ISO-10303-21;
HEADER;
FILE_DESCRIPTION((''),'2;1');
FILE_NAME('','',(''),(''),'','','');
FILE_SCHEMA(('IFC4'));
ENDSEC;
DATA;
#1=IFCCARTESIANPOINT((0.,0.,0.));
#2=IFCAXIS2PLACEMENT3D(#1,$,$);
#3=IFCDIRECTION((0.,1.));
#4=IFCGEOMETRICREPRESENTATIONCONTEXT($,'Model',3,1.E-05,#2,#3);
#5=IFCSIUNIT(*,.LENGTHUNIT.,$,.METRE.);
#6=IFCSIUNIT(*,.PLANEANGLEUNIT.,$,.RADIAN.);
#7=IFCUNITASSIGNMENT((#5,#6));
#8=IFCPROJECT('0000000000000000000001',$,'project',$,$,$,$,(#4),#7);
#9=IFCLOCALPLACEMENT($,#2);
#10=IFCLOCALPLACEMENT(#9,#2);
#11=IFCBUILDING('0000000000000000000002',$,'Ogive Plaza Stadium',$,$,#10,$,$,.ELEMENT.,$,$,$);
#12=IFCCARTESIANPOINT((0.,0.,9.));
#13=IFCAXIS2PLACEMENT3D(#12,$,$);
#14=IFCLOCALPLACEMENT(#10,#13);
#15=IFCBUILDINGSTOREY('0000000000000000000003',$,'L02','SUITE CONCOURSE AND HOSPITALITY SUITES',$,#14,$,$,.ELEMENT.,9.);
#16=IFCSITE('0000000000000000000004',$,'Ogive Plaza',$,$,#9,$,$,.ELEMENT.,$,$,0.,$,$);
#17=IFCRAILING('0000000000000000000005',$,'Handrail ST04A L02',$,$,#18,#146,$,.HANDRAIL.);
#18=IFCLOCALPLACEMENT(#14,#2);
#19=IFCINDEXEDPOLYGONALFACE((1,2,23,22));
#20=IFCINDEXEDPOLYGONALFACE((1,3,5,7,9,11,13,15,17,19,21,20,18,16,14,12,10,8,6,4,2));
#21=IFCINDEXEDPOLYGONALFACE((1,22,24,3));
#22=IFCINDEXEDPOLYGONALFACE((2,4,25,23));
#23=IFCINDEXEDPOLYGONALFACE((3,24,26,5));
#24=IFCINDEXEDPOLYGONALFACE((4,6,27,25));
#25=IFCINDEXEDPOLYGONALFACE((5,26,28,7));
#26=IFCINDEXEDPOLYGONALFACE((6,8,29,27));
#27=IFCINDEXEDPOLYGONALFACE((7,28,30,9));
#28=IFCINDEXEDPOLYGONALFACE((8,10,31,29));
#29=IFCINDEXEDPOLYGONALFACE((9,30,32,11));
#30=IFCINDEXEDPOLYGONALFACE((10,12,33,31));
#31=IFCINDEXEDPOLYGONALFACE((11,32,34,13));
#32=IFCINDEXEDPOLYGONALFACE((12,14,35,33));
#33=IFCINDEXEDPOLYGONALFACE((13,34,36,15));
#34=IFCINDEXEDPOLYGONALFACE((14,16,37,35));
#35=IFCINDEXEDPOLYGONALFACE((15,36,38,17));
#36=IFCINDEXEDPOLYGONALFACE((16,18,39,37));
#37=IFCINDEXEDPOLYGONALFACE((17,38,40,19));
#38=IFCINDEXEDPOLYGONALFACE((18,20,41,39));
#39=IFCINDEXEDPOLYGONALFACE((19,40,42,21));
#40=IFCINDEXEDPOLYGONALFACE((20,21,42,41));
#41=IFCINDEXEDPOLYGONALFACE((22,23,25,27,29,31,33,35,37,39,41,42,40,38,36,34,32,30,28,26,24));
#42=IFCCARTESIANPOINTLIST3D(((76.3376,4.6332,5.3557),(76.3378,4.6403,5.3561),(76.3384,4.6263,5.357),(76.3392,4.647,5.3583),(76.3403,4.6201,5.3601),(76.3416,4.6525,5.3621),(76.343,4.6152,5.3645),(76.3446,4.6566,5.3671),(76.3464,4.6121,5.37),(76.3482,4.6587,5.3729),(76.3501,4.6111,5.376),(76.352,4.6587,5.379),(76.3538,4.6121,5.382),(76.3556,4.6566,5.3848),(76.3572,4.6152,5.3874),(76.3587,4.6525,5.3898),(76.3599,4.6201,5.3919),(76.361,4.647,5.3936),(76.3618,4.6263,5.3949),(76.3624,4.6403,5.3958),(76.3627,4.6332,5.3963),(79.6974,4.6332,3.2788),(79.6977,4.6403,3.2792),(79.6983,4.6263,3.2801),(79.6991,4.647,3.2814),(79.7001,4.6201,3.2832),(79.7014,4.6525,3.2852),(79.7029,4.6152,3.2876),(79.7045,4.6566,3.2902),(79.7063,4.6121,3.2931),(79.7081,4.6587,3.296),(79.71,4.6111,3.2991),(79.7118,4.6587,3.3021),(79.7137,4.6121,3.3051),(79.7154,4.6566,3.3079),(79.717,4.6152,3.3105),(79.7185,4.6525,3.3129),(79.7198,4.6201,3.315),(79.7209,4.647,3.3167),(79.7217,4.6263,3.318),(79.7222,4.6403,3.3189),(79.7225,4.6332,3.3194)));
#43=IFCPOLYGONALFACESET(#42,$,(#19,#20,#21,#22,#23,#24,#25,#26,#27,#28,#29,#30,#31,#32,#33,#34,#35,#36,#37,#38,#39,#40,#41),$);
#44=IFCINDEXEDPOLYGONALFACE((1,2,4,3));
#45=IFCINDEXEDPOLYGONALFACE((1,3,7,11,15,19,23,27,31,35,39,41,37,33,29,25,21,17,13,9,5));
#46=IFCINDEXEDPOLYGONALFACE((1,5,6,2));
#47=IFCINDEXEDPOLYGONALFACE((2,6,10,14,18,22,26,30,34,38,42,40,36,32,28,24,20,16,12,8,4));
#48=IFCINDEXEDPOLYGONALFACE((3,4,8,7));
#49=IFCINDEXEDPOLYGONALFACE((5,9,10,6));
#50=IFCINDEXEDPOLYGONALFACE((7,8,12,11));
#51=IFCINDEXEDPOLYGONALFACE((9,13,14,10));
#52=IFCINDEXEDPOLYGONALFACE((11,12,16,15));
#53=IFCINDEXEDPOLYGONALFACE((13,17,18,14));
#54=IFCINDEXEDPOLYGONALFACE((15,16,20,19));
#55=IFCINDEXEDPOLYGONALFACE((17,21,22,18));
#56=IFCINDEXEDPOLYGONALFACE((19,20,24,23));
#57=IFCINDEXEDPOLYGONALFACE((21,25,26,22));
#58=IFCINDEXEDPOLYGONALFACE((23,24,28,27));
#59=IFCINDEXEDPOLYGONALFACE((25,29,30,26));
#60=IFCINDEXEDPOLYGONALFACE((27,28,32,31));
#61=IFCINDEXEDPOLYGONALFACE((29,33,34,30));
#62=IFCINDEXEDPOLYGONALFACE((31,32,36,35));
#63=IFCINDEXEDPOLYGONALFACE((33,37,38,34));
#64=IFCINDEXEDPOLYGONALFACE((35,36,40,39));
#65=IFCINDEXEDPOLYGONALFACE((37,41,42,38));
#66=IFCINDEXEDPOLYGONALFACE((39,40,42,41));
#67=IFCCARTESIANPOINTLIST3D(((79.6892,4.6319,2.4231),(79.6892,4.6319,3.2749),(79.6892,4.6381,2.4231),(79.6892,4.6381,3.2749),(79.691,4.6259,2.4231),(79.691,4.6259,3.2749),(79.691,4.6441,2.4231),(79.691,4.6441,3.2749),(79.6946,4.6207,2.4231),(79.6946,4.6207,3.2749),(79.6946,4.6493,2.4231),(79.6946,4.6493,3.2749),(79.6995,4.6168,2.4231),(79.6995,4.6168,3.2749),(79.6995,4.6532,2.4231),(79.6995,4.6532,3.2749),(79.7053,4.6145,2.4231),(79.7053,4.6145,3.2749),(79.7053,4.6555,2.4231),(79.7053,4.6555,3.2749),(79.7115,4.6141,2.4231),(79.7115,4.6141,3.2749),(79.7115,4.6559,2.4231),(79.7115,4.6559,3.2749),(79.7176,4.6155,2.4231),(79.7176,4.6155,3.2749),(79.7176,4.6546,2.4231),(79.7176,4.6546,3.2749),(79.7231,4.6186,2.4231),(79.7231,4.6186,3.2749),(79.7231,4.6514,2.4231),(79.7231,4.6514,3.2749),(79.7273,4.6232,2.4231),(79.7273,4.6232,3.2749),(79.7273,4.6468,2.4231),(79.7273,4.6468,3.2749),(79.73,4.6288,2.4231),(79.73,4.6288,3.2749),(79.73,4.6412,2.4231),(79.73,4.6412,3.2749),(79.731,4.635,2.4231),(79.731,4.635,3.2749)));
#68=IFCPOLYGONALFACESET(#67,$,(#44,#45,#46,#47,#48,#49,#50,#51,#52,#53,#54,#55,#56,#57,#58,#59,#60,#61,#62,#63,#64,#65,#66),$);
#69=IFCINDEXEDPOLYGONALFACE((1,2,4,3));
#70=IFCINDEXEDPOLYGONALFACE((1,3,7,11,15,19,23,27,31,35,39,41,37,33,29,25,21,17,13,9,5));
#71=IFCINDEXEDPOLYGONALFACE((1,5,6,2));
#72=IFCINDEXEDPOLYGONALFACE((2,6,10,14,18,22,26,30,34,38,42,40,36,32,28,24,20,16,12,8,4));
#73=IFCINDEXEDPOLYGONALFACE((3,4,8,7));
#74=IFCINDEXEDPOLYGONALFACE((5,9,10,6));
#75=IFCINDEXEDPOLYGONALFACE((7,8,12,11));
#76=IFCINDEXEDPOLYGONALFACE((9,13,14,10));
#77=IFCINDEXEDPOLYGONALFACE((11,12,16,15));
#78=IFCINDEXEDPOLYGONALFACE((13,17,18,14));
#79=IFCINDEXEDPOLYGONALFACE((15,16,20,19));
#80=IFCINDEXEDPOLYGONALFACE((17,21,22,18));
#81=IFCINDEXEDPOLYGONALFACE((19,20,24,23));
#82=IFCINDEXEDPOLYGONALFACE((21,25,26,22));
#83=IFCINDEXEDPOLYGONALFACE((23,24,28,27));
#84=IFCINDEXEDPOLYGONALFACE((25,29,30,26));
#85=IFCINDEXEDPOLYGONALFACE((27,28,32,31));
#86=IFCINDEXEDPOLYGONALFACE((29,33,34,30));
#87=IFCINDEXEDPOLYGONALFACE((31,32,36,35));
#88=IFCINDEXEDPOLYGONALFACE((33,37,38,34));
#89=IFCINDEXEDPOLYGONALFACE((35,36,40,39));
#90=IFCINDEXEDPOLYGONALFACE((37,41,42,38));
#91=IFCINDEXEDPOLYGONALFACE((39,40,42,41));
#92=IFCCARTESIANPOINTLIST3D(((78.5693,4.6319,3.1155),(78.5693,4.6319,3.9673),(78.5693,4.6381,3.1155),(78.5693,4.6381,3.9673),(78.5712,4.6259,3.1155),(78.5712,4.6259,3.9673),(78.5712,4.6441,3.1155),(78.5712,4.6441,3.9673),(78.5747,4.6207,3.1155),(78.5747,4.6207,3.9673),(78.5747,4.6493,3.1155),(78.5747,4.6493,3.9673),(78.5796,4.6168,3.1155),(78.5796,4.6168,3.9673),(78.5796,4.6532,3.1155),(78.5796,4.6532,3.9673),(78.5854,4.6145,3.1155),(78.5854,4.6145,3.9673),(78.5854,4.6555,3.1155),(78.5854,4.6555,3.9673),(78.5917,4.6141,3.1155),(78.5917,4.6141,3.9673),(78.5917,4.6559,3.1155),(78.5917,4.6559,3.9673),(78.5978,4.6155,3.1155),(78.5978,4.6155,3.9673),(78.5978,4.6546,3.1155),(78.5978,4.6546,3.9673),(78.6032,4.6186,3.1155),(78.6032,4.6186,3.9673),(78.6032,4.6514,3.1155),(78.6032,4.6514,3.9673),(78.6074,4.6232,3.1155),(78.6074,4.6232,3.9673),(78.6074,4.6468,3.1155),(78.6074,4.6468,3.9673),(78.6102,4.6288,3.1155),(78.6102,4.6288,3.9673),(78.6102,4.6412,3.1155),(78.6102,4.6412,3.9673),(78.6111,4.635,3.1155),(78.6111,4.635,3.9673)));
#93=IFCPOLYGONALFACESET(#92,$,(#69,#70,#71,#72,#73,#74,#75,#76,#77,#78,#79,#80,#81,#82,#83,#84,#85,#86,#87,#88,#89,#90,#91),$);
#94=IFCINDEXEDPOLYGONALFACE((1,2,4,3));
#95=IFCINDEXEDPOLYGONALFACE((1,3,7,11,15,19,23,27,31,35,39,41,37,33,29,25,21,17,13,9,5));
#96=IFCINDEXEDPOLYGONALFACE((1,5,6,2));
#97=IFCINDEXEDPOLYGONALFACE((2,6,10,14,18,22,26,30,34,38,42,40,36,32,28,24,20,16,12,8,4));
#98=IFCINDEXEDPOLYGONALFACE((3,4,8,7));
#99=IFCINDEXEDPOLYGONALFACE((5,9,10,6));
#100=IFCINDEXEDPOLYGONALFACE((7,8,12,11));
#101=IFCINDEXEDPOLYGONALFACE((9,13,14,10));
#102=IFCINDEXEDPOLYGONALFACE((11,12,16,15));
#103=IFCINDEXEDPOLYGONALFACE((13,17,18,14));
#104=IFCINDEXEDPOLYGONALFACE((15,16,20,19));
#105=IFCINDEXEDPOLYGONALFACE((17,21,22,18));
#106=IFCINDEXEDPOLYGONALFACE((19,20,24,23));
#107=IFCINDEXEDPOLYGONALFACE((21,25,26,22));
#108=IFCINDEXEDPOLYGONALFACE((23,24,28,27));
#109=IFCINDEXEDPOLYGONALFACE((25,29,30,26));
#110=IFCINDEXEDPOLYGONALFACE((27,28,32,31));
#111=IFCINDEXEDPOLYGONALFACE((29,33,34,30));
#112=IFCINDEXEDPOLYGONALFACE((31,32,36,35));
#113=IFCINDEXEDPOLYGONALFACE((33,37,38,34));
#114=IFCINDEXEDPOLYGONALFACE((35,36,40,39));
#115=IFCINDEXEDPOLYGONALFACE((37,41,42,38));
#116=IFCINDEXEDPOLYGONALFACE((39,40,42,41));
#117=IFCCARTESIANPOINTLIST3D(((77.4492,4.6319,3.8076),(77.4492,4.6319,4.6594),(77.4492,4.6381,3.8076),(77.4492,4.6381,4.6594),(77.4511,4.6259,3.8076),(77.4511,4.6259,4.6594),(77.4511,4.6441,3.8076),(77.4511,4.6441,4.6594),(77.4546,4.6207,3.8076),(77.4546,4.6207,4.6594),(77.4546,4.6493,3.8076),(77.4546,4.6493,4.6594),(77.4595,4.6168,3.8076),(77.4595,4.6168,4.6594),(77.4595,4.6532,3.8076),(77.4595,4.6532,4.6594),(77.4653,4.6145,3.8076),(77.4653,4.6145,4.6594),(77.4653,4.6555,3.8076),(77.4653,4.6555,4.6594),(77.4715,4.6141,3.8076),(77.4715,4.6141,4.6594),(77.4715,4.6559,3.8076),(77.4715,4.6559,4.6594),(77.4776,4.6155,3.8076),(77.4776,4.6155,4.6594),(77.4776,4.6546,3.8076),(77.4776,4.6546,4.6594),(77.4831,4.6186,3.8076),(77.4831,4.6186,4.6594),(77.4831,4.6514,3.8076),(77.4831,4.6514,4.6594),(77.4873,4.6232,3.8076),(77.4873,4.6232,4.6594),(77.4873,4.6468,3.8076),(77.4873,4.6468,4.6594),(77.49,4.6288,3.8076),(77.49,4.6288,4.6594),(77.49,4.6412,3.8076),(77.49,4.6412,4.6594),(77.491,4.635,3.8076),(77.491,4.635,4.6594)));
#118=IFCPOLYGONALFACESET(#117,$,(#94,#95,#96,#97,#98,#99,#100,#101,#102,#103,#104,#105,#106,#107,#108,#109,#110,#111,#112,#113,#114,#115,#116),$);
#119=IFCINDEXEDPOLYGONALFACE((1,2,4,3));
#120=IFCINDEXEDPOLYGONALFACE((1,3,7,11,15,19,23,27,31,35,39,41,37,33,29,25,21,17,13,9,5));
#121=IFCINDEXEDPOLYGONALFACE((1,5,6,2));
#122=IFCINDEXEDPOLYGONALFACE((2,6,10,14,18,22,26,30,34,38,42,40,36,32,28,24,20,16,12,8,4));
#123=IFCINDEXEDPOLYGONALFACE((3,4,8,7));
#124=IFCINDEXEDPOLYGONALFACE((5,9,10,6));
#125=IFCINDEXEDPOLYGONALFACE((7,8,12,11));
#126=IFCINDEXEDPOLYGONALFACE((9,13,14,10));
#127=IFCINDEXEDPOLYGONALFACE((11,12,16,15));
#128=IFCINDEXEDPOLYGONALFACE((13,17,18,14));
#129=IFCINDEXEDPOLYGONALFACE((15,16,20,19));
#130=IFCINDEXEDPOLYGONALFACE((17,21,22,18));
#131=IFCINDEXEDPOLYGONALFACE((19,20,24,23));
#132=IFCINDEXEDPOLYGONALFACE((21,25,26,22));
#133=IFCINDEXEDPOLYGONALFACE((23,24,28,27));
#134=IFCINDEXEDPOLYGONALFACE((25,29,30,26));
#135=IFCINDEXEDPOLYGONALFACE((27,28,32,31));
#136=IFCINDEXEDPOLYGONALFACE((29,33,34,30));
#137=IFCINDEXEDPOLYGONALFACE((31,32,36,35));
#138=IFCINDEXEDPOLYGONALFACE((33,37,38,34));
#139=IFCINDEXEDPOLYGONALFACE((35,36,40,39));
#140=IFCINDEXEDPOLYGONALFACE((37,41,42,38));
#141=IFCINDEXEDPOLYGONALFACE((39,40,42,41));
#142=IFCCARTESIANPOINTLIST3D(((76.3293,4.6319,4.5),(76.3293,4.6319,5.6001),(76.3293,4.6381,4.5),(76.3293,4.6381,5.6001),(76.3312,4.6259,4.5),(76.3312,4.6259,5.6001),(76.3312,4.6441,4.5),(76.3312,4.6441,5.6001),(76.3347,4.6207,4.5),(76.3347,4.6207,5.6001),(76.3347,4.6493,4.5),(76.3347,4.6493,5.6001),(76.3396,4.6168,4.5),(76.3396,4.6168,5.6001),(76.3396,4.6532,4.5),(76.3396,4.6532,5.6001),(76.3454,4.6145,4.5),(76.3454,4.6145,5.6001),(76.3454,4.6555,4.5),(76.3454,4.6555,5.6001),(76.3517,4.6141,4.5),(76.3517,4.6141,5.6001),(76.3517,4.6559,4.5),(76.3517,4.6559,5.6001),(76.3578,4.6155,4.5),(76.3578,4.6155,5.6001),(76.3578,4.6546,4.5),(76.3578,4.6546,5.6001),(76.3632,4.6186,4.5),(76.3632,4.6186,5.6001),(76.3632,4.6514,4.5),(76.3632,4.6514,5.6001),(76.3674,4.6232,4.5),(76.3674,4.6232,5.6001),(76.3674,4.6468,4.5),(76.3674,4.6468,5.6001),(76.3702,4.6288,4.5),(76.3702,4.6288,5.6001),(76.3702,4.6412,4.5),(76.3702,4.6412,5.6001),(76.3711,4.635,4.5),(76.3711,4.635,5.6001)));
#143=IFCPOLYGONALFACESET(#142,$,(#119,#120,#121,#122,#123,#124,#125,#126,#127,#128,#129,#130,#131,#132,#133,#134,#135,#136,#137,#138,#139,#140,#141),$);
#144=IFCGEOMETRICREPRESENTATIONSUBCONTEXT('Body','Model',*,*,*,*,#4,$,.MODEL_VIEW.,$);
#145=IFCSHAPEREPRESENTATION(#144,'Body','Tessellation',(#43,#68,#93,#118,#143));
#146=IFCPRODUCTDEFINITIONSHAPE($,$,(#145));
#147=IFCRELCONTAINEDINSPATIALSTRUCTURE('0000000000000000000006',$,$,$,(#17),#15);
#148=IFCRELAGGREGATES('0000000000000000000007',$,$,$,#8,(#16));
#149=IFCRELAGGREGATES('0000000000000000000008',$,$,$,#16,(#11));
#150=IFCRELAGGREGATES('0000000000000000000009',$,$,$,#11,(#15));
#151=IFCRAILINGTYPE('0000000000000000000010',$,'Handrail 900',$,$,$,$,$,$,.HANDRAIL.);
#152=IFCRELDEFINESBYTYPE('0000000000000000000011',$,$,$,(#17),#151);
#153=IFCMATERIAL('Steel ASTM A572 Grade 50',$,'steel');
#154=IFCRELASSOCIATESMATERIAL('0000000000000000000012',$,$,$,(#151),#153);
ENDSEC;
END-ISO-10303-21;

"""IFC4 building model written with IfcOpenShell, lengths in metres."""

from ifc_helpers import new_model, si_unit, direction, frame, origin, origin_2d, place, context, subcontext, project, spatial, circle, extrude, material, type_object, element, save


model = new_model("IFC4")

# Units and contexts
model_context = context("Model", 3, precision=1e-05, world=origin(), true_north=direction((0.0, 1.0)))
body_context = subcontext(model_context, "Body", "Model", "MODEL_VIEW")
ifc_project = project(units=[si_unit("LENGTHUNIT", "METRE"), si_unit("PLANEANGLEUNIT", "RADIAN")], contexts=[model_context])

# Site, building, storey
site_placement = place(None, origin())
site = spatial("IfcSite", under=ifc_project, at=site_placement, Name="Ogive Plaza", CompositionType="ELEMENT", RefElevation=0.0)
building_placement = place(site_placement, origin())
building = spatial("IfcBuilding", under=site, at=building_placement, Name="Ogive Plaza Stadium", CompositionType="ELEMENT")
storey_placement = place(building_placement, frame((0.0, 0.0, 9.0)))
storey = spatial("IfcBuildingStorey", under=building, at=storey_placement, Name="L02", Description="SUITE CONCOURSE AND HOSPITALITY SUITES", CompositionType="ELEMENT", Elevation=9.0)

# Railing
ifc_material_1 = material(Name="Steel ASTM A572 Grade 50", Category="steel")
railing_type_1 = type_object("IfcRailingType", Name="Handrail 900", PredefinedType="HANDRAIL", material=ifc_material_1)
for number, where, name in (
    (1, (79.71, 4.635, 2.4231), "Handrail ST04A L02"),
):
    element("IfcRailing", number, at=place(storey_placement, frame(where)), inside=storey, type_object=railing_type_1, Name=name, PredefinedType="HANDRAIL", context=body_context, shape_type="SweptSolid", body=[
        extrude(circle(Radius=0.0239, at=origin_2d()), frame((0.0, 0.0, 0.876), z_axis=(-0.850606, 0.0, 0.525803), x_axis=(0.0, -1.0, 0.0)), (0.0, 0.0, 1.0), 3.95),
        extrude(circle(Radius=0.021, at=origin_2d()), origin(), (0.0, 0.0, 1.0), 0.8518),
        extrude(circle(Radius=0.021, at=origin_2d()), frame((-1.1199, 0.0, 0.6924)), (0.0, 0.0, 1.0), 0.8518),
        extrude(circle(Radius=0.021, at=origin_2d()), frame((-2.24, 0.0, 1.3845)), (0.0, 0.0, 1.0), 0.8518),
        extrude(circle(Radius=0.021, at=origin_2d()), frame((-3.3599, 0.0, 2.0769)), (0.0, 0.0, 1.0), 1.1001),
    ])

save(model, "model.ifc")
